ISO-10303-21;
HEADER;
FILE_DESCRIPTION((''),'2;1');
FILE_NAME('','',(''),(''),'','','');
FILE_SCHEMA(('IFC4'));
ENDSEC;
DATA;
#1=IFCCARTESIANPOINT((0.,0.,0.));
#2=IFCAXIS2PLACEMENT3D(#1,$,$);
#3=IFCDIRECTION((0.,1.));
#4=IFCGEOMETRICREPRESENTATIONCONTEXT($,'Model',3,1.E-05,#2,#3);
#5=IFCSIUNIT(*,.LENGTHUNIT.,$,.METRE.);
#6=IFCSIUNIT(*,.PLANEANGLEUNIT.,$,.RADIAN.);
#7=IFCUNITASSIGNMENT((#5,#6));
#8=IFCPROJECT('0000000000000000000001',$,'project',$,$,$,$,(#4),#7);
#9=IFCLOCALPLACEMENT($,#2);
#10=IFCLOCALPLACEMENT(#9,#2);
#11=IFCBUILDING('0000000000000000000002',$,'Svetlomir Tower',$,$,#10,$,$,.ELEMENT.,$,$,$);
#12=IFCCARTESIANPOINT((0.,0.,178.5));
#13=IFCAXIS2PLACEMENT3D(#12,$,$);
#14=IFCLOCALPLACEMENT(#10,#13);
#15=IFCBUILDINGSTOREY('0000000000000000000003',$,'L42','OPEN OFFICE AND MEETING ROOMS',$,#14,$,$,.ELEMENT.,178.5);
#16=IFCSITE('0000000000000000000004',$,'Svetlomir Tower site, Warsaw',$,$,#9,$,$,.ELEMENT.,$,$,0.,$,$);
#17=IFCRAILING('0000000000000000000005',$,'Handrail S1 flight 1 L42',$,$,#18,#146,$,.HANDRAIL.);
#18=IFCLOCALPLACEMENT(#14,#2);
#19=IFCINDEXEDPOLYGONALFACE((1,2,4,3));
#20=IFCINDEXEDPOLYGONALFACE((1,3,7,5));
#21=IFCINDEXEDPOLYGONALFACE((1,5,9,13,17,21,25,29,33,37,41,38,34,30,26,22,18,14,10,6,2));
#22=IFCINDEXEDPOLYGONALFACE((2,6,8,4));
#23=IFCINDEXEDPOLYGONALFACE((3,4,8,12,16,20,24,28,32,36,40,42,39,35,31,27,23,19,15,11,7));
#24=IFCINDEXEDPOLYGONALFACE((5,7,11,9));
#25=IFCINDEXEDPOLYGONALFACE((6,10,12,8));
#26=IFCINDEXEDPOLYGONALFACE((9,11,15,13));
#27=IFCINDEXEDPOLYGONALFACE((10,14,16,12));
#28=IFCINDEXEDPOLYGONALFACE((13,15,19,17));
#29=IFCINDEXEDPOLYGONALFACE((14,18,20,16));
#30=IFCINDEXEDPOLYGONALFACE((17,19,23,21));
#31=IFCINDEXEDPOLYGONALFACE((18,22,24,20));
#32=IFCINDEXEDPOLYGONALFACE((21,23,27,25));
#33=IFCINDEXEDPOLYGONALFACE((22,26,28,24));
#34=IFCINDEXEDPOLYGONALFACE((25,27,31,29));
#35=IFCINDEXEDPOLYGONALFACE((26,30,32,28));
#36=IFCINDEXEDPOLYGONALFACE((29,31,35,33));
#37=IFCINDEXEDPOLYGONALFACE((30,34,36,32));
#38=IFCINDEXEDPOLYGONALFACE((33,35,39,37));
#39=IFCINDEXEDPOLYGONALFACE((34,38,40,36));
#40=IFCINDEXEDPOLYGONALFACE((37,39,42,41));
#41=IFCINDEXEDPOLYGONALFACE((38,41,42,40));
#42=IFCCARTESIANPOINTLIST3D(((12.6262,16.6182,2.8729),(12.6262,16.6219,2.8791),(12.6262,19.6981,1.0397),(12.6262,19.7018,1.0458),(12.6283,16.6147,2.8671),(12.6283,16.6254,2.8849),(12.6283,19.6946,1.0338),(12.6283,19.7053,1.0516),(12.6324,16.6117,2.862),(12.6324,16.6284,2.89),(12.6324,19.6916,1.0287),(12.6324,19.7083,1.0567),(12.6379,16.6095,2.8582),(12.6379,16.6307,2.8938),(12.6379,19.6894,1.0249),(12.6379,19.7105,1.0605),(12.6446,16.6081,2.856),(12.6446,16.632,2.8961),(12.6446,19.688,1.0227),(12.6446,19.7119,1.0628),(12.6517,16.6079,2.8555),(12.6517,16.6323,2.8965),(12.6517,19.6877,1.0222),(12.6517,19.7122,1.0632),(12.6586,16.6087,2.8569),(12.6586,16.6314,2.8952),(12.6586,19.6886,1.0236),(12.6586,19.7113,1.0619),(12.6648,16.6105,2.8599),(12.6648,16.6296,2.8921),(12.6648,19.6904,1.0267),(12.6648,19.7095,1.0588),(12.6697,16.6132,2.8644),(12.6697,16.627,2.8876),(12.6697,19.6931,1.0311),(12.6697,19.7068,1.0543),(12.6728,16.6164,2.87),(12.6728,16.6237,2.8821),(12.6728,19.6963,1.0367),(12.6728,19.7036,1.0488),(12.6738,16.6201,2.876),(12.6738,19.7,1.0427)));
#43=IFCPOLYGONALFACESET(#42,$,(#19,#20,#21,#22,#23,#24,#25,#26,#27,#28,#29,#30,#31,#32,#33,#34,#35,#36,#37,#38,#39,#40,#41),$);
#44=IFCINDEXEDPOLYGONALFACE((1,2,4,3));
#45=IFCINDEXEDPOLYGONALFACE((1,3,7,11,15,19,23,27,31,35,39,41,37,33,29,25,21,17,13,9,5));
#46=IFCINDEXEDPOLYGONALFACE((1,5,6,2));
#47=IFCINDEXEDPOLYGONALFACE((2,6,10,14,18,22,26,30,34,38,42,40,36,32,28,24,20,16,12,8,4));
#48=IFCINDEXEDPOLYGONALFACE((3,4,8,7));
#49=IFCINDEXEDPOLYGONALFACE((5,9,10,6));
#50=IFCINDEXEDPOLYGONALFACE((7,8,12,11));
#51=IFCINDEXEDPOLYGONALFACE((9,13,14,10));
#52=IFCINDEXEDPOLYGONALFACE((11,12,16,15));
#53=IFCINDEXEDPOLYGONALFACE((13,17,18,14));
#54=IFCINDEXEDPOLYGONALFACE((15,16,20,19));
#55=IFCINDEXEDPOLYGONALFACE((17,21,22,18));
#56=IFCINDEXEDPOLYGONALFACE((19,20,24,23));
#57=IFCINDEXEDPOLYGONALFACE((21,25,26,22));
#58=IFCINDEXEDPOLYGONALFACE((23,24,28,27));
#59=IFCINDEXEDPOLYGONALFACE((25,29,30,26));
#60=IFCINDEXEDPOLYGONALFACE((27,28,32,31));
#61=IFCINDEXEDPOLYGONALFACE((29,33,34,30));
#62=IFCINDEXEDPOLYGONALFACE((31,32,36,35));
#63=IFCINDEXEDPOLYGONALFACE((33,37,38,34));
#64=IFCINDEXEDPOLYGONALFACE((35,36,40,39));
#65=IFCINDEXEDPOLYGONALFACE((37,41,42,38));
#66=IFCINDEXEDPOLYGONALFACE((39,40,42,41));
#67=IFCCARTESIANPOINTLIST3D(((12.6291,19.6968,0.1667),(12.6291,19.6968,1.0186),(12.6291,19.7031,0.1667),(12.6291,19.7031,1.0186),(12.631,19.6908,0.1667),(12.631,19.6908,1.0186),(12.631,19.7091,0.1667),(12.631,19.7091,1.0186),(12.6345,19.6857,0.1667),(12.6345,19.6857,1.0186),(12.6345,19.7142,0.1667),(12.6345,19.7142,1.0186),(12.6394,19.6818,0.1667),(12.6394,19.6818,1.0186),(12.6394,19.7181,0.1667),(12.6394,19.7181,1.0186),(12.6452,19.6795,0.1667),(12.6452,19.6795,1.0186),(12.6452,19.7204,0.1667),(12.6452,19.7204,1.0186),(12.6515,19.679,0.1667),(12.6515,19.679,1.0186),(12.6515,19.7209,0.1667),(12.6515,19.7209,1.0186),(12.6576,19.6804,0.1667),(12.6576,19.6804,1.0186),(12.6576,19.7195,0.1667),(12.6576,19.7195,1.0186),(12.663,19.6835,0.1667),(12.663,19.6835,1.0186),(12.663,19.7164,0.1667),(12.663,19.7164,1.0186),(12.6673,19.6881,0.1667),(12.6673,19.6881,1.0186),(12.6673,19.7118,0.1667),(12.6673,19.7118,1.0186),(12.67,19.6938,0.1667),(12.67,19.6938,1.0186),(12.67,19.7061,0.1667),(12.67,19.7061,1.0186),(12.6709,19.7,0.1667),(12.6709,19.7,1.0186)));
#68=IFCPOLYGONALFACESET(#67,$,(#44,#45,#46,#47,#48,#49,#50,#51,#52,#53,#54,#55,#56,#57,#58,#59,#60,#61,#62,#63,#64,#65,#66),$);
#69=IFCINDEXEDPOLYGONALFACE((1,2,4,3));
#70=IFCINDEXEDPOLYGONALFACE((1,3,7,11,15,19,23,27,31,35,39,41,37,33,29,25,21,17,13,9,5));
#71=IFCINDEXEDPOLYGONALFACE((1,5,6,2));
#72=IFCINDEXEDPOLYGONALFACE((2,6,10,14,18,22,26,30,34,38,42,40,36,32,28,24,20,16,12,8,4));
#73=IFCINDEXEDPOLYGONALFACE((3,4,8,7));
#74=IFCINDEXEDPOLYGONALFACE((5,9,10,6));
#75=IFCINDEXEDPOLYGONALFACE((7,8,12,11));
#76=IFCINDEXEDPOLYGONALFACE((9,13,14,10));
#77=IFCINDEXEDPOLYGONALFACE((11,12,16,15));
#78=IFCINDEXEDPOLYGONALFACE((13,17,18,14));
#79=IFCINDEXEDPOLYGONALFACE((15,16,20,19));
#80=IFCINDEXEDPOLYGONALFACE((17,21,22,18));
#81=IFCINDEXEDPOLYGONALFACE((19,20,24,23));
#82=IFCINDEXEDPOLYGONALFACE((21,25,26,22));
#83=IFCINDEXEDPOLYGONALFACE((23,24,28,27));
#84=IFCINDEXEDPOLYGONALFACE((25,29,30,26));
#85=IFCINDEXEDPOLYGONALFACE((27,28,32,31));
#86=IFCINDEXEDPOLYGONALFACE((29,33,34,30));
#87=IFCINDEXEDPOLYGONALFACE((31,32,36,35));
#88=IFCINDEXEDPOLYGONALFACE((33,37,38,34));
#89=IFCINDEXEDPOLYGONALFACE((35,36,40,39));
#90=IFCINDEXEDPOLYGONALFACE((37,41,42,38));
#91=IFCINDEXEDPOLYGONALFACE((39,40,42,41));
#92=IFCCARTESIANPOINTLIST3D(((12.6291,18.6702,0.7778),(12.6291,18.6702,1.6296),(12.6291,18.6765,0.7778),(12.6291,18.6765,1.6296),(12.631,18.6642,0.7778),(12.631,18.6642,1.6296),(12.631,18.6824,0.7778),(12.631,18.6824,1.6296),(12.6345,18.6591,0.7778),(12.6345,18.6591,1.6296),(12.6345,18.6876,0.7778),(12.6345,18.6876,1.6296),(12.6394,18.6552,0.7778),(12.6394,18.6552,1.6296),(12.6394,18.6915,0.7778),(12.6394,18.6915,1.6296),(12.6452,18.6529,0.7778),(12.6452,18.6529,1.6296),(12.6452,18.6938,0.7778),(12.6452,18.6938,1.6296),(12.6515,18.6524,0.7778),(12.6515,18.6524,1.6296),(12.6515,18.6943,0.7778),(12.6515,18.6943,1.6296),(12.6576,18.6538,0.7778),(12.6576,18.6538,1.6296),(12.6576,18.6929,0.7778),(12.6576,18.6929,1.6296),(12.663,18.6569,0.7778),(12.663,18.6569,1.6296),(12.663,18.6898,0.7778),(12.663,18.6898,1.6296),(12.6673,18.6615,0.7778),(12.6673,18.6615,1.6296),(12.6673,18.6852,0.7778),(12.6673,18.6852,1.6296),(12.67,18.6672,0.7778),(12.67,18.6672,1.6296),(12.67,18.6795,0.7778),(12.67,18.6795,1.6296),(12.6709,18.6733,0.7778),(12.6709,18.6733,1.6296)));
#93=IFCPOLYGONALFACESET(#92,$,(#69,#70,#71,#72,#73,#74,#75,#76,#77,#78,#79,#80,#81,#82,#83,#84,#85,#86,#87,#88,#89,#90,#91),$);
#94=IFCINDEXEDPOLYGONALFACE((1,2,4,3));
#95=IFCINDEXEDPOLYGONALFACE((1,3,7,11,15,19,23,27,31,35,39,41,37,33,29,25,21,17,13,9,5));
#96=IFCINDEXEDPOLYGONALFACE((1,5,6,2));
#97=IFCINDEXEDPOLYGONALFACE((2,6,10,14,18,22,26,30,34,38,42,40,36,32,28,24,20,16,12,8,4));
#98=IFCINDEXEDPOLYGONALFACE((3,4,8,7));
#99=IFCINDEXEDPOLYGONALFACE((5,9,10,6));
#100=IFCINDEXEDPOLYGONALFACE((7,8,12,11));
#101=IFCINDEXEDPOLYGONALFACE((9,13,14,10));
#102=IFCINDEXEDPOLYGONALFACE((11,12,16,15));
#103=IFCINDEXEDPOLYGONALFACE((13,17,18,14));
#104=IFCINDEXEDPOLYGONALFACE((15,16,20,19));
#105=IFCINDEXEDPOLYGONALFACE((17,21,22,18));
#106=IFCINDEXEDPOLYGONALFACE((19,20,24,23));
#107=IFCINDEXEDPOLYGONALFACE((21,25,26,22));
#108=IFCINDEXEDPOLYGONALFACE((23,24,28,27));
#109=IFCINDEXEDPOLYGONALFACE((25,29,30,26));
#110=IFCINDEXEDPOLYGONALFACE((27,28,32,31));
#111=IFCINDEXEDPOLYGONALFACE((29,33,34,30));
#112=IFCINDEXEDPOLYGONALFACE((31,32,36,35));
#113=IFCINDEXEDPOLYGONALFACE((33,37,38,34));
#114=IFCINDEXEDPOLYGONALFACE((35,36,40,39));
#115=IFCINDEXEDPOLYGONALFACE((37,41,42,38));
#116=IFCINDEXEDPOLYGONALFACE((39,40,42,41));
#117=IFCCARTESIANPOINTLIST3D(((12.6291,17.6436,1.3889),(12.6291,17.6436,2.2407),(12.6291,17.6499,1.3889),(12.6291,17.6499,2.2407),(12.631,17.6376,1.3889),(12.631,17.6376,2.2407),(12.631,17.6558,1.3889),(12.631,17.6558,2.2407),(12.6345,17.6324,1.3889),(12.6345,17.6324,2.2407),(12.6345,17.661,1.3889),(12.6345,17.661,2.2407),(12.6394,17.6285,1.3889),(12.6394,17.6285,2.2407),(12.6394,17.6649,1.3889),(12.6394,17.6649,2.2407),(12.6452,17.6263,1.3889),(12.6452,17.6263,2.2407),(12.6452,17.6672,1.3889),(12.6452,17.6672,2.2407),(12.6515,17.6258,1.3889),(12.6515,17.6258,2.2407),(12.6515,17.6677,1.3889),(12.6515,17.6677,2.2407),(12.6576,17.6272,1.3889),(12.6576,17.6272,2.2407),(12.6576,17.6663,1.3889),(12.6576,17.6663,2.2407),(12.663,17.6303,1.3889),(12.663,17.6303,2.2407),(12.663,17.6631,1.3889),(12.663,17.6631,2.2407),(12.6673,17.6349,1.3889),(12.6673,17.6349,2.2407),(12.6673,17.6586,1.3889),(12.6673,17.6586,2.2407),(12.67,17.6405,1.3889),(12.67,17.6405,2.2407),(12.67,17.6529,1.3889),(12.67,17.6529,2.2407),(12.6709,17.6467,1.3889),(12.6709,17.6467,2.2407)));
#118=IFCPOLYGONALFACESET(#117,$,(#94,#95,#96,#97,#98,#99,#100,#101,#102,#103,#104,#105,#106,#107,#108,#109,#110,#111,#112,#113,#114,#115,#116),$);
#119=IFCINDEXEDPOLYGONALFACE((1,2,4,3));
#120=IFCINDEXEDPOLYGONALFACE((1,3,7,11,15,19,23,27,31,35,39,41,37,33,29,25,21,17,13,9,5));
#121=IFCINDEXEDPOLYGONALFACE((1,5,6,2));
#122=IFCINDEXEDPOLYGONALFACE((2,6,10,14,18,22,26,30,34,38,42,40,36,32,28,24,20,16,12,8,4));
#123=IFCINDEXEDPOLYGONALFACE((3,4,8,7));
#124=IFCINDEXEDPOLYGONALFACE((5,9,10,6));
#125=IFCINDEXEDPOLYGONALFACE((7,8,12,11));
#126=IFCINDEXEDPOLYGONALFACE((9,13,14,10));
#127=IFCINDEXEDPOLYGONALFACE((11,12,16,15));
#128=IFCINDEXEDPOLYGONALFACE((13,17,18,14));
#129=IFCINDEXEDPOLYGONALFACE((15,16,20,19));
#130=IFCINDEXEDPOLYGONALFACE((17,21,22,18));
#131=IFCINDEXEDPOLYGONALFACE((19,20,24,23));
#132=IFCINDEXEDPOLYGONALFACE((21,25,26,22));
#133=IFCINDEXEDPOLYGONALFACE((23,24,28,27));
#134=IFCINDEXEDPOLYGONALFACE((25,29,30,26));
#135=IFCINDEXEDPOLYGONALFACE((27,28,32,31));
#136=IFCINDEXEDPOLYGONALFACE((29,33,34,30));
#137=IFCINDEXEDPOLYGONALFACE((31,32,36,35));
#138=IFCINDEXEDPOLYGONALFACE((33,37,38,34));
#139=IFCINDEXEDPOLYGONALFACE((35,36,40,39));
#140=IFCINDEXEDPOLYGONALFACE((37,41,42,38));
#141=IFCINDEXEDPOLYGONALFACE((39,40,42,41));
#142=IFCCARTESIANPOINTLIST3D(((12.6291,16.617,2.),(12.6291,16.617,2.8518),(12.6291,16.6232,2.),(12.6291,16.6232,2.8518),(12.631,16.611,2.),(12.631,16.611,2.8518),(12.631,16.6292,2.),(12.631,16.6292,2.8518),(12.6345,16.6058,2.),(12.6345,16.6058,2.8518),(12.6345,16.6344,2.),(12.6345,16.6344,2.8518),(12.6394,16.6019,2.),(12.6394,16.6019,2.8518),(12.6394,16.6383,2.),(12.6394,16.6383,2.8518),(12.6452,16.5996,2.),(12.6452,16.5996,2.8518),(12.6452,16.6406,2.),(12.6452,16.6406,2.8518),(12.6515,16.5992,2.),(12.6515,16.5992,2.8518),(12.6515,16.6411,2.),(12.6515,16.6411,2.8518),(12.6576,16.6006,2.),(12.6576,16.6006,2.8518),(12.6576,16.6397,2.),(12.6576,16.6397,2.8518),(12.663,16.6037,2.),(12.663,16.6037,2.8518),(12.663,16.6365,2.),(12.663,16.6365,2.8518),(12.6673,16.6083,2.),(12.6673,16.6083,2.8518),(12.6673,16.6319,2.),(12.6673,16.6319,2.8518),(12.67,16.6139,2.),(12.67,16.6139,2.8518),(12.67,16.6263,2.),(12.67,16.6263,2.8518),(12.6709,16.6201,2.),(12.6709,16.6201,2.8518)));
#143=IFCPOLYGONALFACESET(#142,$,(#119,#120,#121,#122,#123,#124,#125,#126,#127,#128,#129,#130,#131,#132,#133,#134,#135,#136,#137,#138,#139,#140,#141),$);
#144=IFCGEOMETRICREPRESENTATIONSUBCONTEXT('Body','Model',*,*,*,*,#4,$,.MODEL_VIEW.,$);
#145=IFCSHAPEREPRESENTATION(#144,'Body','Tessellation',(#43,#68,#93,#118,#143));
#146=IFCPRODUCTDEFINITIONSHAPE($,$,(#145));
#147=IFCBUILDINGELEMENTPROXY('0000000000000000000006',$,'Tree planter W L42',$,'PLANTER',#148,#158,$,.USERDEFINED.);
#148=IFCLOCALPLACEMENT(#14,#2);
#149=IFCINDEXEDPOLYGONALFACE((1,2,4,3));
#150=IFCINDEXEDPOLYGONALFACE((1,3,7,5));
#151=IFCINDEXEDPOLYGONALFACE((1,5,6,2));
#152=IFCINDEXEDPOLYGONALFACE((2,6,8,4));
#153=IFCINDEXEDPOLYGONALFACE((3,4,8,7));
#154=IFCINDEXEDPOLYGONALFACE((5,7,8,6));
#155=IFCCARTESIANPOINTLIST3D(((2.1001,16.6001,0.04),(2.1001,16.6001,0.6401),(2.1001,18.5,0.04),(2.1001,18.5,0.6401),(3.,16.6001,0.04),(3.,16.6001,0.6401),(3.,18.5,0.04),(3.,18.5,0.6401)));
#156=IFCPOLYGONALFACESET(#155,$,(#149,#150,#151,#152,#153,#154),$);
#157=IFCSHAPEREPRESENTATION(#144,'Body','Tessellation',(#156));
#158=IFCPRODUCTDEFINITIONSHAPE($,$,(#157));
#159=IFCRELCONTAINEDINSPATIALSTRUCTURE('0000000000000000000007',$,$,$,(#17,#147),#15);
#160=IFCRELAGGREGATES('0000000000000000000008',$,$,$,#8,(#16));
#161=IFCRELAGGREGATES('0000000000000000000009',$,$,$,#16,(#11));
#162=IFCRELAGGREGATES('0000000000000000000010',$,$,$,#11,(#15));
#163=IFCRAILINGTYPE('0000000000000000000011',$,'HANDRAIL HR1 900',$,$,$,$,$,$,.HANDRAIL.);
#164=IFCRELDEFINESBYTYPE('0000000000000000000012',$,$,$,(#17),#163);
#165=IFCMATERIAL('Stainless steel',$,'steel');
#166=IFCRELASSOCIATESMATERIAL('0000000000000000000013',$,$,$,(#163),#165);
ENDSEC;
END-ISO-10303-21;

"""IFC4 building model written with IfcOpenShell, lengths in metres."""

from ifc_helpers import new_model, si_unit, direction, frame, origin, origin_2d, place, context, subcontext, project, spatial, rectangle, circle, extrude, material, type_object, element, save


model = new_model("IFC4")

# Units and contexts
model_context = context("Model", 3, precision=1e-05, world=origin(), true_north=direction((0.0, 1.0)))
body_context = subcontext(model_context, "Body", "Model", "MODEL_VIEW")
ifc_project = project(units=[si_unit("LENGTHUNIT", "METRE"), si_unit("PLANEANGLEUNIT", "RADIAN")], contexts=[model_context])

# Site, building, storey
site_placement = place(None, origin())
site = spatial("IfcSite", under=ifc_project, at=site_placement, Name="Svetlomir Tower site, Warsaw", CompositionType="ELEMENT", RefElevation=0.0)
building_placement = place(site_placement, origin())
building = spatial("IfcBuilding", under=site, at=building_placement, Name="Svetlomir Tower", CompositionType="ELEMENT")
storey_placement = place(building_placement, frame((0.0, 0.0, 178.5)))
storey = spatial("IfcBuildingStorey", under=building, at=storey_placement, Name="L42", Description="OPEN OFFICE AND MEETING ROOMS", CompositionType="ELEMENT", Elevation=178.5)

# Railing
ifc_material_1 = material(Name="Stainless steel", Category="steel")
railing_type_1 = type_object("IfcRailingType", Name="HANDRAIL HR1 900", PredefinedType="HANDRAIL", material=ifc_material_1)
railing_placement = place(storey_placement, frame((12.6499, 19.7, 0.1667)))
element("IfcRailing", 1, at=railing_placement, inside=storey, type_object=railing_type_1, Name="Handrail S1 flight 1 L42", PredefinedType="HANDRAIL", context=body_context, shape_type="SweptSolid", body=[
    extrude(circle(Radius=0.0239, at=origin_2d()), frame((0.0, 0.0, 0.876), z_axis=(0.0, -0.859291, 0.511487), x_axis=(1.0, 0.0, 0.0)), (0.0, 0.0, 1.0), 3.5842),
    extrude(circle(Radius=0.021, at=origin_2d()), origin(), (0.0, 0.0, 1.0), 0.8518),
    extrude(circle(Radius=0.021, at=origin_2d()), frame((0.0, -1.0266, 0.6111)), (0.0, 0.0, 1.0), 0.8518),
    extrude(circle(Radius=0.021, at=origin_2d()), frame((0.0, -2.0532, 1.2222)), (0.0, 0.0, 1.0), 0.8518),
    extrude(circle(Radius=0.021, at=origin_2d()), frame((0.0, -3.0798, 1.8333)), (0.0, 0.0, 1.0), 0.8518),
])

# Building element proxy
proxy_placement = place(storey_placement, frame((2.55, 17.55, 0.04), z_axis=(0.0, 0.0, 1.0), x_axis=(1.0, 0.0, 0.0)))
element("IfcBuildingElementProxy", 2, at=proxy_placement, inside=storey, Name="Tree planter W L42", ObjectType="PLANTER", PredefinedType="USERDEFINED", context=body_context, shape_type="SweptSolid", body=[
    extrude(rectangle(XDim=0.8999, YDim=1.8999, at=origin_2d()), origin(), (0.0, 0.0, 1.0), 0.6001),
])

save(model, "model.ifc")
